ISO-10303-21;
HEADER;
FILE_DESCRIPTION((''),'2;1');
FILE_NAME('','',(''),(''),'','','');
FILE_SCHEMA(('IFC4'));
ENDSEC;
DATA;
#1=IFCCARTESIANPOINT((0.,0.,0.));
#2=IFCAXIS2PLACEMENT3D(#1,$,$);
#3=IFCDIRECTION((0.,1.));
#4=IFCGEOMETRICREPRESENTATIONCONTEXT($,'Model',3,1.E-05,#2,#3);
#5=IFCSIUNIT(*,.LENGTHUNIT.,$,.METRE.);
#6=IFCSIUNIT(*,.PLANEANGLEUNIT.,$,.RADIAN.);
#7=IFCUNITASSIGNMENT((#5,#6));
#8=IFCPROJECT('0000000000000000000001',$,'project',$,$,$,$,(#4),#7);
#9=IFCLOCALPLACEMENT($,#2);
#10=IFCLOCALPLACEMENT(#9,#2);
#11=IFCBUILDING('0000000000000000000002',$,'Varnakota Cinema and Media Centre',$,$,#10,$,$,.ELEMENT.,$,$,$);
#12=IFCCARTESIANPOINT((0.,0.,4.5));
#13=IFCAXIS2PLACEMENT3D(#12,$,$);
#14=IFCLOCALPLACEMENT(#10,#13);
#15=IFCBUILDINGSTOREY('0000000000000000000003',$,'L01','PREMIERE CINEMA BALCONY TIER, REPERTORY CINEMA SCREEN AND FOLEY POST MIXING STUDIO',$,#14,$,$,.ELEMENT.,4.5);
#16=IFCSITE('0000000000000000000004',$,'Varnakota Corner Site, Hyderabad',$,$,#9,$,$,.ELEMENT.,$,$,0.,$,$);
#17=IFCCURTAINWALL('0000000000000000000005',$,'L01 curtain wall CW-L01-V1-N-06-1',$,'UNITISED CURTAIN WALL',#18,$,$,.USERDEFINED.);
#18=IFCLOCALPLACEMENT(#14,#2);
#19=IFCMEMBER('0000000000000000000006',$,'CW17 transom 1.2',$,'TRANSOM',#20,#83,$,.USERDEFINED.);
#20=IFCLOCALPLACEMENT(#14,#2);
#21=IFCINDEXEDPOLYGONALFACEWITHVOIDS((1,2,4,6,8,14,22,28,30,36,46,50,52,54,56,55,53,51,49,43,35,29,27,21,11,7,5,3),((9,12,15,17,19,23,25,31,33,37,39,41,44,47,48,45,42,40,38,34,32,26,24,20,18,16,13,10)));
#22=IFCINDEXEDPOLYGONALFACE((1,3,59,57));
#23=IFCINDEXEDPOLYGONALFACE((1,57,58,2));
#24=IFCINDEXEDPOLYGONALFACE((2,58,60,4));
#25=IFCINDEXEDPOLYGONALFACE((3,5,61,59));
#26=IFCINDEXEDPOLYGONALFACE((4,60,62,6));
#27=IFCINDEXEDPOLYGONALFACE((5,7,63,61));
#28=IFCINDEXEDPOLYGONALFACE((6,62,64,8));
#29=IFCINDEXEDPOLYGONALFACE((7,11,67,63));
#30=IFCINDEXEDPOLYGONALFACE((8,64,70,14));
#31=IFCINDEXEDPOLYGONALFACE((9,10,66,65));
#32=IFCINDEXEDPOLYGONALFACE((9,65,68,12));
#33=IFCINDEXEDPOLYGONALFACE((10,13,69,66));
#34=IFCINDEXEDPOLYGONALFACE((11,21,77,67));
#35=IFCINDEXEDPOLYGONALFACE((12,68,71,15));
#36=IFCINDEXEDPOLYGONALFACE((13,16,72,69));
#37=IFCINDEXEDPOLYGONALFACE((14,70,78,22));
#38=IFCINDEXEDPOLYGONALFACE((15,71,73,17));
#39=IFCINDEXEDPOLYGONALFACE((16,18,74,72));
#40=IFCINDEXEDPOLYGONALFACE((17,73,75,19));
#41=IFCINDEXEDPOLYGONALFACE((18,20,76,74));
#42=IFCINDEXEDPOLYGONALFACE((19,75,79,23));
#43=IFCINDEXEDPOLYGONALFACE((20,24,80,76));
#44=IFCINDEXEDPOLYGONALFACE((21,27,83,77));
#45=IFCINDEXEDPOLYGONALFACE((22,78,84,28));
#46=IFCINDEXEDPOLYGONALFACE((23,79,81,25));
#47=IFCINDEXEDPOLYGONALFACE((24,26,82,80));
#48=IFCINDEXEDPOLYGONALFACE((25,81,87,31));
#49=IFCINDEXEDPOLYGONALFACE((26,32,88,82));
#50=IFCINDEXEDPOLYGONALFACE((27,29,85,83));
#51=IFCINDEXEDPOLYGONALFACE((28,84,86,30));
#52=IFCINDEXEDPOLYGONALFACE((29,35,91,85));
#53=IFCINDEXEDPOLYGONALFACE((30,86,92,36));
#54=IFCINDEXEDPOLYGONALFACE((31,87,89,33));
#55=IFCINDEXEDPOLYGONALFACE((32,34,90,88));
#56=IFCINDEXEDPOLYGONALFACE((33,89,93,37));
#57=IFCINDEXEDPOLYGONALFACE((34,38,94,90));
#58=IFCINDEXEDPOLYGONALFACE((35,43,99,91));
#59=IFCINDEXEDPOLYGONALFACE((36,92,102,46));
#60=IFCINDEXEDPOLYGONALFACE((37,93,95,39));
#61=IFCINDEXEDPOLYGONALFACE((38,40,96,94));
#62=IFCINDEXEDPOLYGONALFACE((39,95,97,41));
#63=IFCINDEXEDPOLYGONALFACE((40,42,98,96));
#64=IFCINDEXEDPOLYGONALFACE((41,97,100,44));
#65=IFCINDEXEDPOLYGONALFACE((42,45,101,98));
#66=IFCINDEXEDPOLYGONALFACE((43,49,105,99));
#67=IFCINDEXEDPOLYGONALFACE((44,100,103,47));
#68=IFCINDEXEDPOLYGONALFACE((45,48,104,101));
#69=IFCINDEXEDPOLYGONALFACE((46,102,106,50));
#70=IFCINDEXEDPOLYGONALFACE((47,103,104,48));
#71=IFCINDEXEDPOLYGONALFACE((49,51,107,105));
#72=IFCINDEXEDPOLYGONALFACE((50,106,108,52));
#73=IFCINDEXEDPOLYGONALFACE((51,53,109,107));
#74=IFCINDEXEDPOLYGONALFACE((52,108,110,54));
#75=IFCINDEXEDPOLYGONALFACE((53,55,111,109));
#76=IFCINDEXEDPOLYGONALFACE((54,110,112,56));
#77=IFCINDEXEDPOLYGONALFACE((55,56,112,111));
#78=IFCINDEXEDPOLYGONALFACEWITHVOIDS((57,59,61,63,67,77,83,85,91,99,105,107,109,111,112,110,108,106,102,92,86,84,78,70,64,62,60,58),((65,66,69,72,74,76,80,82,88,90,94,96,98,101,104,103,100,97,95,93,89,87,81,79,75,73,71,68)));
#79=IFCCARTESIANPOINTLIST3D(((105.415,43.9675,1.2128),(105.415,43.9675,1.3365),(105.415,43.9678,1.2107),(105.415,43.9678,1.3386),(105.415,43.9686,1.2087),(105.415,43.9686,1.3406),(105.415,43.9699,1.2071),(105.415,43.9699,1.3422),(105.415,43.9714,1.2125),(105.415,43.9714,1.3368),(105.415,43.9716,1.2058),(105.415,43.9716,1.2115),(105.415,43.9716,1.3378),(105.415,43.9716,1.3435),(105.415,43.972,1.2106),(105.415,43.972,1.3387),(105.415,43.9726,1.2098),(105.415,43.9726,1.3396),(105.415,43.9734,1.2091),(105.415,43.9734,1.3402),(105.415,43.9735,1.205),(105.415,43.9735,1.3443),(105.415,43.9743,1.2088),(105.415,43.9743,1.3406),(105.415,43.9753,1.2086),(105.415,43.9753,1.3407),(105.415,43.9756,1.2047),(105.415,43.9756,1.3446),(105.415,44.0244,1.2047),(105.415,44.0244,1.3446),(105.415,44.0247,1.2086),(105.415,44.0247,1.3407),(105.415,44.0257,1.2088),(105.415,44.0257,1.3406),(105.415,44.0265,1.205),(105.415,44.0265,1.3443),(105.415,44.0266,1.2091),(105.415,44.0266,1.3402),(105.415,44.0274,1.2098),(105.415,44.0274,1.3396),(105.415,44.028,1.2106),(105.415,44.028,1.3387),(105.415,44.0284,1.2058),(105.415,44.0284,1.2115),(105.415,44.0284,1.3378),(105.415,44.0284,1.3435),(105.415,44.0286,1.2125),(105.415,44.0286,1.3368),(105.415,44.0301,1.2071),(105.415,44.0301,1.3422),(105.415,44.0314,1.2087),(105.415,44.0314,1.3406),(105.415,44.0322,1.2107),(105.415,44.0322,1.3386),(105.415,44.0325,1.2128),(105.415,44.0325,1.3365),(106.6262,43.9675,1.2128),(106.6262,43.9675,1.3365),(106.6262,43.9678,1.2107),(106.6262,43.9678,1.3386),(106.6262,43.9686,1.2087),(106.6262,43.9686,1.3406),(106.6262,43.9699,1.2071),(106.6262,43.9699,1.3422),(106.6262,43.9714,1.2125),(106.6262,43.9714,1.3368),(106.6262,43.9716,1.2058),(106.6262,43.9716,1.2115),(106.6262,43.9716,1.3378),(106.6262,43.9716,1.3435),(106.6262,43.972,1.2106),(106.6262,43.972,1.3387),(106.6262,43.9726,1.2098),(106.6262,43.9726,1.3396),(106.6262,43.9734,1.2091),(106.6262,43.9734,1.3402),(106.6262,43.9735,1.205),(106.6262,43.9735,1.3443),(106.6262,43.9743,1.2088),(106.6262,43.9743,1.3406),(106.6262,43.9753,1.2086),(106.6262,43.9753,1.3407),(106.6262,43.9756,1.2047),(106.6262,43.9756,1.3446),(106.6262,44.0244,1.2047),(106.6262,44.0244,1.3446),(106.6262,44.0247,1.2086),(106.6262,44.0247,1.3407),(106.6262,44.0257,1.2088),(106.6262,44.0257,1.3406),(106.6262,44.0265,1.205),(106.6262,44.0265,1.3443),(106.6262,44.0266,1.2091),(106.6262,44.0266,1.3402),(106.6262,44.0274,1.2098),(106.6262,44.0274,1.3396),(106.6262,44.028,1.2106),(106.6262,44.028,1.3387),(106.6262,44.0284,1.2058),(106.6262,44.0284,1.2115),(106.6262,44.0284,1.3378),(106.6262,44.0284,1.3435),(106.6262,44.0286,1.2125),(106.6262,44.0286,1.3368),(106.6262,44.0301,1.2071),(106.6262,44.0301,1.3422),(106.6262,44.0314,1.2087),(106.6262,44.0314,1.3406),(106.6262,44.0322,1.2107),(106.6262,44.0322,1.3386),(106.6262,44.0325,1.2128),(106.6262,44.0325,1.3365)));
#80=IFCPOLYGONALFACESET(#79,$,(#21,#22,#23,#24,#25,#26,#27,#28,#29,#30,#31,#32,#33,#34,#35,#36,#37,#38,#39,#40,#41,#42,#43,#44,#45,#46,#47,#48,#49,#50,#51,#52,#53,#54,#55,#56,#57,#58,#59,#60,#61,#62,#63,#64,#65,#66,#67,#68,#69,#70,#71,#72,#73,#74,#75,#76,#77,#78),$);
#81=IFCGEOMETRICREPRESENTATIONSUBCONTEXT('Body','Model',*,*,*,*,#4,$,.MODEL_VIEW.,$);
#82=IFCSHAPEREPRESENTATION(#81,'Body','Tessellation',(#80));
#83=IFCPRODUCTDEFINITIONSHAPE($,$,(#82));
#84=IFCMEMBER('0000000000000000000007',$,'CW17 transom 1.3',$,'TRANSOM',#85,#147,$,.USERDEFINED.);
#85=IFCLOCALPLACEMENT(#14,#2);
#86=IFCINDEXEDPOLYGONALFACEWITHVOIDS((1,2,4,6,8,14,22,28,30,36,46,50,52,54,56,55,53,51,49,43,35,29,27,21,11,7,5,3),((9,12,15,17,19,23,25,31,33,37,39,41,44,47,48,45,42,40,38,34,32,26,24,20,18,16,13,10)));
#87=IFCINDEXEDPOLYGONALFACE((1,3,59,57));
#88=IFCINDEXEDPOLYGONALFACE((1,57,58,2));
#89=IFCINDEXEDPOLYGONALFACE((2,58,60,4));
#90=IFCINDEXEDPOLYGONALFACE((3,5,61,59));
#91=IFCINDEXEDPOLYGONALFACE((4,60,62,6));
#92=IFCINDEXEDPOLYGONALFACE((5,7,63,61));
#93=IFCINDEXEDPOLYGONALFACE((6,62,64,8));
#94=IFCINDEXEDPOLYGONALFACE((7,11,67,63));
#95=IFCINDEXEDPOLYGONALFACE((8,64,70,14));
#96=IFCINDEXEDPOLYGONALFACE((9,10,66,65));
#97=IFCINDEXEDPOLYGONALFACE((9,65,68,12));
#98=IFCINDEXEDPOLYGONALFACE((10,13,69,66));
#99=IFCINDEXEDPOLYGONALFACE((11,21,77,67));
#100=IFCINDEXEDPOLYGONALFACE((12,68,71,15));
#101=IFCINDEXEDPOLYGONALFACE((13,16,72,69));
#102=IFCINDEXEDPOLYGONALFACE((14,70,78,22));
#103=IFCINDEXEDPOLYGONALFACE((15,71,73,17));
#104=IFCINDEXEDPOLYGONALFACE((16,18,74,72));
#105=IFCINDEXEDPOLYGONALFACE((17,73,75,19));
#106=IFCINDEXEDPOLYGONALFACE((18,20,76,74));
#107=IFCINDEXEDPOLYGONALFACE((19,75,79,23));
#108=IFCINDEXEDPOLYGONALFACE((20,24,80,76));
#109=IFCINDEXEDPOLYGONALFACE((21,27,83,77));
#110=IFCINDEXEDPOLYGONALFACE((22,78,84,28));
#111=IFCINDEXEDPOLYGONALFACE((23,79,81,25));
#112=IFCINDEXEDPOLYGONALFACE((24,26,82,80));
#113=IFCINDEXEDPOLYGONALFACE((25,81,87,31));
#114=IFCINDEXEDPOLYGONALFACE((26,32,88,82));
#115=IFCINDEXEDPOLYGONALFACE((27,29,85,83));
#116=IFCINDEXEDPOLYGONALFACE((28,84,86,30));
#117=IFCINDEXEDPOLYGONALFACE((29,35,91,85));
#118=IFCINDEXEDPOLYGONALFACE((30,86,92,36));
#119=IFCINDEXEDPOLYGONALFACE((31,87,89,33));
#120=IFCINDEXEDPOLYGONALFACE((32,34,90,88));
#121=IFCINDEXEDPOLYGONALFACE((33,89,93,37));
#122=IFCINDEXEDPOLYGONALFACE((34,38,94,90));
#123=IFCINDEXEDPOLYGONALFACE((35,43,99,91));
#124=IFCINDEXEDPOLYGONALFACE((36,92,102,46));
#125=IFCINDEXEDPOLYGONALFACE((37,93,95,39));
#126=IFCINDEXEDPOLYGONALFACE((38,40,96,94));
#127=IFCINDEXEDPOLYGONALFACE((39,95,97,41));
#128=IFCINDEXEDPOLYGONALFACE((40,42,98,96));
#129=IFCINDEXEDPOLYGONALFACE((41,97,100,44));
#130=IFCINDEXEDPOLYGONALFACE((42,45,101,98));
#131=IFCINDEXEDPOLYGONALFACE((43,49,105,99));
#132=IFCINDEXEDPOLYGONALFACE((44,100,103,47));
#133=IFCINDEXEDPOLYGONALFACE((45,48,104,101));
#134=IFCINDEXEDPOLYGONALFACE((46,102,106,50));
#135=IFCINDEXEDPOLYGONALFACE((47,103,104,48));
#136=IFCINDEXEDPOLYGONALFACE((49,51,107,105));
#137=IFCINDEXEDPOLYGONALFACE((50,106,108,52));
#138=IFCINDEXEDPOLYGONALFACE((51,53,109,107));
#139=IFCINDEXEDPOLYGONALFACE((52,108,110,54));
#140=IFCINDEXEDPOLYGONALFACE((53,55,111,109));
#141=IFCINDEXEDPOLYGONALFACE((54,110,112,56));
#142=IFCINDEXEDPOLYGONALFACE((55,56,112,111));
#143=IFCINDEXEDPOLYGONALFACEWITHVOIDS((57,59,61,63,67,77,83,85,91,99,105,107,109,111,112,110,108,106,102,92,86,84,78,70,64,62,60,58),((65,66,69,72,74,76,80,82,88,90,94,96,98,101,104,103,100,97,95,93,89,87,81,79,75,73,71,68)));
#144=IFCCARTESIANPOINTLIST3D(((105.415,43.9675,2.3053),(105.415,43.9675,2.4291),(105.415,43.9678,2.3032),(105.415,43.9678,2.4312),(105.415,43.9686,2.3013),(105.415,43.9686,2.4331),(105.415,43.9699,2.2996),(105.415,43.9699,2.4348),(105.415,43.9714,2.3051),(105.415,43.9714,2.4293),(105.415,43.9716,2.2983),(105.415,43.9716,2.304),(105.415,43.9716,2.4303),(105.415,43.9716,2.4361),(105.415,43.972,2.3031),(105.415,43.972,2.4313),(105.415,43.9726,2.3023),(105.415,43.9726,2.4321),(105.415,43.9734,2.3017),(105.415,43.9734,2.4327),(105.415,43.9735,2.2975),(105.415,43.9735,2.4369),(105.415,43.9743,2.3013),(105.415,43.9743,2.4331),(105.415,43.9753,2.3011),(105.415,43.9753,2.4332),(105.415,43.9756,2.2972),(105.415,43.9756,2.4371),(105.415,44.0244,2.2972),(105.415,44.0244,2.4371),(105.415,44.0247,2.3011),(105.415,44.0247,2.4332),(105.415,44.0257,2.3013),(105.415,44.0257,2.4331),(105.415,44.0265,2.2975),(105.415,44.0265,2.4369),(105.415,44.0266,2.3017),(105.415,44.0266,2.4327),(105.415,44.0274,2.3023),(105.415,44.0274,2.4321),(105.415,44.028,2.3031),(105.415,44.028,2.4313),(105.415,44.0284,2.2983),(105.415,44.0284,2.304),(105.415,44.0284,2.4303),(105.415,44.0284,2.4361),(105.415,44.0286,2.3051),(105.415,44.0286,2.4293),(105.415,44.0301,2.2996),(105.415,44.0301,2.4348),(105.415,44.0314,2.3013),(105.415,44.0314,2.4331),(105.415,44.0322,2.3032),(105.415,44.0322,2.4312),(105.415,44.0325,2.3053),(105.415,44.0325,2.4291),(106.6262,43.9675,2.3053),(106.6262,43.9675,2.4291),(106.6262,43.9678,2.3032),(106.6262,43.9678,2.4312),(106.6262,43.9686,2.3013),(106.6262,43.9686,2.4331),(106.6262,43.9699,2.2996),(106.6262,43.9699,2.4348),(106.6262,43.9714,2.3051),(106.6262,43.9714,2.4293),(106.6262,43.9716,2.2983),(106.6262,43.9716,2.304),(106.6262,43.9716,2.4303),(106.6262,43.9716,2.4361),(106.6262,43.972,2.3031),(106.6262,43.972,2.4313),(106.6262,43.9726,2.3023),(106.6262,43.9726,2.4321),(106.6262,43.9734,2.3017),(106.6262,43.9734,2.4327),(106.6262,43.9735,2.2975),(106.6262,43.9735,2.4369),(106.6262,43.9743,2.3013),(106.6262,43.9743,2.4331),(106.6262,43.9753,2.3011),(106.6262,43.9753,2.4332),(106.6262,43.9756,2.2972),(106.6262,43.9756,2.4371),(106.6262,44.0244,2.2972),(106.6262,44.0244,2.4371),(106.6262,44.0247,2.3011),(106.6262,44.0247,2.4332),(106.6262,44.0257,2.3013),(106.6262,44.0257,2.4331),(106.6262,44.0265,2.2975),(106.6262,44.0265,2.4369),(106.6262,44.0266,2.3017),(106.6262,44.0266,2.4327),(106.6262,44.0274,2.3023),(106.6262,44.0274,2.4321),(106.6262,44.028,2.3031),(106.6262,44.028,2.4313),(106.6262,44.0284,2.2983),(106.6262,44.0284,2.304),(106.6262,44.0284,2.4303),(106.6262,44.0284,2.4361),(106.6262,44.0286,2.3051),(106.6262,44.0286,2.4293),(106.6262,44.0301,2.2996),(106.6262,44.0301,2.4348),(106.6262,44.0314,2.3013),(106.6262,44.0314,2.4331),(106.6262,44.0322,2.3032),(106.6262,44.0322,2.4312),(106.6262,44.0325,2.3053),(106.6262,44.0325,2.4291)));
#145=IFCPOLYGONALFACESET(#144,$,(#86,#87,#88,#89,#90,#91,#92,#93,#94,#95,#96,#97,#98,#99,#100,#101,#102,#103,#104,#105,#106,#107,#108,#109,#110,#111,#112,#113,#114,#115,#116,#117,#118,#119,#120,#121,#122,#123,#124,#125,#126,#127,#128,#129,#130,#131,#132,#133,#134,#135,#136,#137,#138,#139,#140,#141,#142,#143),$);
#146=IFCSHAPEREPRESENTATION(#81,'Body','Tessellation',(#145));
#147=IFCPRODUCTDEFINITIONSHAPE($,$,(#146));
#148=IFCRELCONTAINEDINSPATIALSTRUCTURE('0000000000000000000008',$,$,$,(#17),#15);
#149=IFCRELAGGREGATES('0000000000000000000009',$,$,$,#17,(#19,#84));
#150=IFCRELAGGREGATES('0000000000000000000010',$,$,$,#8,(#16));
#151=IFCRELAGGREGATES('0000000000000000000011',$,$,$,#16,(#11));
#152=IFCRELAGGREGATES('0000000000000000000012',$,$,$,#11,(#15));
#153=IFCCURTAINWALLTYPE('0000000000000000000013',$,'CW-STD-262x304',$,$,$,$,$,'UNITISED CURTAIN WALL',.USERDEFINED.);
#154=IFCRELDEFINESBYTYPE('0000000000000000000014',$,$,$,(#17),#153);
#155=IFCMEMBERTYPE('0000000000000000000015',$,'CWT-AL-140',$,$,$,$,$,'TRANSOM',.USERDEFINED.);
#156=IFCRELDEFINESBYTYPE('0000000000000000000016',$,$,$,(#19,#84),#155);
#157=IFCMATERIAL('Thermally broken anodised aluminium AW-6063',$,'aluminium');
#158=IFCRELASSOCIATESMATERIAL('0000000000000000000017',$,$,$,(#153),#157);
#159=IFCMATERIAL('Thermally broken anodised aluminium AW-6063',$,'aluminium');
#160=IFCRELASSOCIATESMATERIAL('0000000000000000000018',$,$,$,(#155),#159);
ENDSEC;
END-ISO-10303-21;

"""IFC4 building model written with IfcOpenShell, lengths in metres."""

from ifc_helpers import new_model, si_unit, direction, frame, origin, origin_2d, place, context, subcontext, project, spatial, hollow_rectangle, extrude, material, material_profile, profile_set, type_object, element, aggregate, save


model = new_model("IFC4")

# Units and contexts
model_context = context("Model", 3, precision=1e-05, world=origin(), true_north=direction((0.0, 1.0)))
body_context = subcontext(model_context, "Body", "Model", "MODEL_VIEW")
ifc_project = project(units=[si_unit("LENGTHUNIT", "METRE"), si_unit("PLANEANGLEUNIT", "RADIAN")], contexts=[model_context])

# Site, building, storey
site_placement = place(None, origin())
site = spatial("IfcSite", under=ifc_project, at=site_placement, Name="Varnakota Corner Site, Hyderabad", CompositionType="ELEMENT", RefElevation=0.0)
building_placement = place(site_placement, origin())
building = spatial("IfcBuilding", under=site, at=building_placement, Name="Varnakota Cinema and Media Centre", CompositionType="ELEMENT")
storey_placement = place(building_placement, frame((0.0, 0.0, 4.5)))
storey = spatial("IfcBuildingStorey", under=building, at=storey_placement, Name="L01", Description="PREMIERE CINEMA BALCONY TIER, REPERTORY CINEMA SCREEN AND FOLEY POST MIXING STUDIO", CompositionType="ELEMENT", Elevation=4.5)

# Shared definitions
ifc_material_1 = material(Name="Thermally broken anodised aluminium AW-6063", Category="aluminium")
curtain_wall_type = type_object("IfcCurtainWallType", Name="CW-STD-262x304", ElementType="UNITISED CURTAIN WALL", PredefinedType="USERDEFINED", material=ifc_material_1)

# Curtain wall
curtain_wall_1_placement = place(storey_placement, origin())
curtain_wall_1 = element("IfcCurtainWall", 1, at=curtain_wall_1_placement, inside=storey, type_object=curtain_wall_type, Name="L01 curtain wall CW-L01-V1-N-06-1", ObjectType="UNITISED CURTAIN WALL", PredefinedType="USERDEFINED")

# Members
ifc_material_2 = material(Name="Thermally broken anodised aluminium AW-6063", Category="aluminium")
ifc_material_profile_1 = material_profile(ifc_material_2, hollow_rectangle(XDim=0.0649, YDim=0.1399, WallThickness=0.0039, InnerFilletRadius=0.0039, OuterFilletRadius=0.0081, at=origin_2d()), Name="AL-TRANSOM 140x65x4")
ifc_profile_set_1 = profile_set([ifc_material_profile_1], Name="Thermally broken anodised aluminium AW-6063")
member_type_1 = type_object("IfcMemberType", Name="CWT-AL-140", ElementType="TRANSOM", PredefinedType="USERDEFINED", material=ifc_profile_set_1)
member_1_placement = place(storey_placement, frame((105.415, 44.0, 1.2747), z_axis=(1.0, 0.0, 0.0), x_axis=(0.0, 1.0, 0.0)))
member_1 = element("IfcMember", 2, at=member_1_placement, type_object=member_type_1, Name="CW17 transom 1.2", ObjectType="TRANSOM", PredefinedType="USERDEFINED", context=body_context, shape_type="SweptSolid", body=[
    extrude(hollow_rectangle(XDim=0.0649, YDim=0.1399, WallThickness=0.0039, InnerFilletRadius=0.0039, OuterFilletRadius=0.0081, at=origin_2d()), origin(), (0.0, 0.0, 1.0), 1.2112),
])
member_2_placement = place(storey_placement, frame((105.415, 44.0, 2.3672), z_axis=(1.0, 0.0, 0.0), x_axis=(0.0, 1.0, 0.0)))
member_2 = element("IfcMember", 3, at=member_2_placement, type_object=member_type_1, Name="CW17 transom 1.3", ObjectType="TRANSOM", PredefinedType="USERDEFINED", context=body_context, shape_type="SweptSolid", body=[
    extrude(hollow_rectangle(XDim=0.0649, YDim=0.1399, WallThickness=0.0039, InnerFilletRadius=0.0039, OuterFilletRadius=0.0081, at=origin_2d()), origin(), (0.0, 0.0, 1.0), 1.2112),
])

aggregate(curtain_wall_1, [member_1, member_2])

save(model, "model.ifc")
